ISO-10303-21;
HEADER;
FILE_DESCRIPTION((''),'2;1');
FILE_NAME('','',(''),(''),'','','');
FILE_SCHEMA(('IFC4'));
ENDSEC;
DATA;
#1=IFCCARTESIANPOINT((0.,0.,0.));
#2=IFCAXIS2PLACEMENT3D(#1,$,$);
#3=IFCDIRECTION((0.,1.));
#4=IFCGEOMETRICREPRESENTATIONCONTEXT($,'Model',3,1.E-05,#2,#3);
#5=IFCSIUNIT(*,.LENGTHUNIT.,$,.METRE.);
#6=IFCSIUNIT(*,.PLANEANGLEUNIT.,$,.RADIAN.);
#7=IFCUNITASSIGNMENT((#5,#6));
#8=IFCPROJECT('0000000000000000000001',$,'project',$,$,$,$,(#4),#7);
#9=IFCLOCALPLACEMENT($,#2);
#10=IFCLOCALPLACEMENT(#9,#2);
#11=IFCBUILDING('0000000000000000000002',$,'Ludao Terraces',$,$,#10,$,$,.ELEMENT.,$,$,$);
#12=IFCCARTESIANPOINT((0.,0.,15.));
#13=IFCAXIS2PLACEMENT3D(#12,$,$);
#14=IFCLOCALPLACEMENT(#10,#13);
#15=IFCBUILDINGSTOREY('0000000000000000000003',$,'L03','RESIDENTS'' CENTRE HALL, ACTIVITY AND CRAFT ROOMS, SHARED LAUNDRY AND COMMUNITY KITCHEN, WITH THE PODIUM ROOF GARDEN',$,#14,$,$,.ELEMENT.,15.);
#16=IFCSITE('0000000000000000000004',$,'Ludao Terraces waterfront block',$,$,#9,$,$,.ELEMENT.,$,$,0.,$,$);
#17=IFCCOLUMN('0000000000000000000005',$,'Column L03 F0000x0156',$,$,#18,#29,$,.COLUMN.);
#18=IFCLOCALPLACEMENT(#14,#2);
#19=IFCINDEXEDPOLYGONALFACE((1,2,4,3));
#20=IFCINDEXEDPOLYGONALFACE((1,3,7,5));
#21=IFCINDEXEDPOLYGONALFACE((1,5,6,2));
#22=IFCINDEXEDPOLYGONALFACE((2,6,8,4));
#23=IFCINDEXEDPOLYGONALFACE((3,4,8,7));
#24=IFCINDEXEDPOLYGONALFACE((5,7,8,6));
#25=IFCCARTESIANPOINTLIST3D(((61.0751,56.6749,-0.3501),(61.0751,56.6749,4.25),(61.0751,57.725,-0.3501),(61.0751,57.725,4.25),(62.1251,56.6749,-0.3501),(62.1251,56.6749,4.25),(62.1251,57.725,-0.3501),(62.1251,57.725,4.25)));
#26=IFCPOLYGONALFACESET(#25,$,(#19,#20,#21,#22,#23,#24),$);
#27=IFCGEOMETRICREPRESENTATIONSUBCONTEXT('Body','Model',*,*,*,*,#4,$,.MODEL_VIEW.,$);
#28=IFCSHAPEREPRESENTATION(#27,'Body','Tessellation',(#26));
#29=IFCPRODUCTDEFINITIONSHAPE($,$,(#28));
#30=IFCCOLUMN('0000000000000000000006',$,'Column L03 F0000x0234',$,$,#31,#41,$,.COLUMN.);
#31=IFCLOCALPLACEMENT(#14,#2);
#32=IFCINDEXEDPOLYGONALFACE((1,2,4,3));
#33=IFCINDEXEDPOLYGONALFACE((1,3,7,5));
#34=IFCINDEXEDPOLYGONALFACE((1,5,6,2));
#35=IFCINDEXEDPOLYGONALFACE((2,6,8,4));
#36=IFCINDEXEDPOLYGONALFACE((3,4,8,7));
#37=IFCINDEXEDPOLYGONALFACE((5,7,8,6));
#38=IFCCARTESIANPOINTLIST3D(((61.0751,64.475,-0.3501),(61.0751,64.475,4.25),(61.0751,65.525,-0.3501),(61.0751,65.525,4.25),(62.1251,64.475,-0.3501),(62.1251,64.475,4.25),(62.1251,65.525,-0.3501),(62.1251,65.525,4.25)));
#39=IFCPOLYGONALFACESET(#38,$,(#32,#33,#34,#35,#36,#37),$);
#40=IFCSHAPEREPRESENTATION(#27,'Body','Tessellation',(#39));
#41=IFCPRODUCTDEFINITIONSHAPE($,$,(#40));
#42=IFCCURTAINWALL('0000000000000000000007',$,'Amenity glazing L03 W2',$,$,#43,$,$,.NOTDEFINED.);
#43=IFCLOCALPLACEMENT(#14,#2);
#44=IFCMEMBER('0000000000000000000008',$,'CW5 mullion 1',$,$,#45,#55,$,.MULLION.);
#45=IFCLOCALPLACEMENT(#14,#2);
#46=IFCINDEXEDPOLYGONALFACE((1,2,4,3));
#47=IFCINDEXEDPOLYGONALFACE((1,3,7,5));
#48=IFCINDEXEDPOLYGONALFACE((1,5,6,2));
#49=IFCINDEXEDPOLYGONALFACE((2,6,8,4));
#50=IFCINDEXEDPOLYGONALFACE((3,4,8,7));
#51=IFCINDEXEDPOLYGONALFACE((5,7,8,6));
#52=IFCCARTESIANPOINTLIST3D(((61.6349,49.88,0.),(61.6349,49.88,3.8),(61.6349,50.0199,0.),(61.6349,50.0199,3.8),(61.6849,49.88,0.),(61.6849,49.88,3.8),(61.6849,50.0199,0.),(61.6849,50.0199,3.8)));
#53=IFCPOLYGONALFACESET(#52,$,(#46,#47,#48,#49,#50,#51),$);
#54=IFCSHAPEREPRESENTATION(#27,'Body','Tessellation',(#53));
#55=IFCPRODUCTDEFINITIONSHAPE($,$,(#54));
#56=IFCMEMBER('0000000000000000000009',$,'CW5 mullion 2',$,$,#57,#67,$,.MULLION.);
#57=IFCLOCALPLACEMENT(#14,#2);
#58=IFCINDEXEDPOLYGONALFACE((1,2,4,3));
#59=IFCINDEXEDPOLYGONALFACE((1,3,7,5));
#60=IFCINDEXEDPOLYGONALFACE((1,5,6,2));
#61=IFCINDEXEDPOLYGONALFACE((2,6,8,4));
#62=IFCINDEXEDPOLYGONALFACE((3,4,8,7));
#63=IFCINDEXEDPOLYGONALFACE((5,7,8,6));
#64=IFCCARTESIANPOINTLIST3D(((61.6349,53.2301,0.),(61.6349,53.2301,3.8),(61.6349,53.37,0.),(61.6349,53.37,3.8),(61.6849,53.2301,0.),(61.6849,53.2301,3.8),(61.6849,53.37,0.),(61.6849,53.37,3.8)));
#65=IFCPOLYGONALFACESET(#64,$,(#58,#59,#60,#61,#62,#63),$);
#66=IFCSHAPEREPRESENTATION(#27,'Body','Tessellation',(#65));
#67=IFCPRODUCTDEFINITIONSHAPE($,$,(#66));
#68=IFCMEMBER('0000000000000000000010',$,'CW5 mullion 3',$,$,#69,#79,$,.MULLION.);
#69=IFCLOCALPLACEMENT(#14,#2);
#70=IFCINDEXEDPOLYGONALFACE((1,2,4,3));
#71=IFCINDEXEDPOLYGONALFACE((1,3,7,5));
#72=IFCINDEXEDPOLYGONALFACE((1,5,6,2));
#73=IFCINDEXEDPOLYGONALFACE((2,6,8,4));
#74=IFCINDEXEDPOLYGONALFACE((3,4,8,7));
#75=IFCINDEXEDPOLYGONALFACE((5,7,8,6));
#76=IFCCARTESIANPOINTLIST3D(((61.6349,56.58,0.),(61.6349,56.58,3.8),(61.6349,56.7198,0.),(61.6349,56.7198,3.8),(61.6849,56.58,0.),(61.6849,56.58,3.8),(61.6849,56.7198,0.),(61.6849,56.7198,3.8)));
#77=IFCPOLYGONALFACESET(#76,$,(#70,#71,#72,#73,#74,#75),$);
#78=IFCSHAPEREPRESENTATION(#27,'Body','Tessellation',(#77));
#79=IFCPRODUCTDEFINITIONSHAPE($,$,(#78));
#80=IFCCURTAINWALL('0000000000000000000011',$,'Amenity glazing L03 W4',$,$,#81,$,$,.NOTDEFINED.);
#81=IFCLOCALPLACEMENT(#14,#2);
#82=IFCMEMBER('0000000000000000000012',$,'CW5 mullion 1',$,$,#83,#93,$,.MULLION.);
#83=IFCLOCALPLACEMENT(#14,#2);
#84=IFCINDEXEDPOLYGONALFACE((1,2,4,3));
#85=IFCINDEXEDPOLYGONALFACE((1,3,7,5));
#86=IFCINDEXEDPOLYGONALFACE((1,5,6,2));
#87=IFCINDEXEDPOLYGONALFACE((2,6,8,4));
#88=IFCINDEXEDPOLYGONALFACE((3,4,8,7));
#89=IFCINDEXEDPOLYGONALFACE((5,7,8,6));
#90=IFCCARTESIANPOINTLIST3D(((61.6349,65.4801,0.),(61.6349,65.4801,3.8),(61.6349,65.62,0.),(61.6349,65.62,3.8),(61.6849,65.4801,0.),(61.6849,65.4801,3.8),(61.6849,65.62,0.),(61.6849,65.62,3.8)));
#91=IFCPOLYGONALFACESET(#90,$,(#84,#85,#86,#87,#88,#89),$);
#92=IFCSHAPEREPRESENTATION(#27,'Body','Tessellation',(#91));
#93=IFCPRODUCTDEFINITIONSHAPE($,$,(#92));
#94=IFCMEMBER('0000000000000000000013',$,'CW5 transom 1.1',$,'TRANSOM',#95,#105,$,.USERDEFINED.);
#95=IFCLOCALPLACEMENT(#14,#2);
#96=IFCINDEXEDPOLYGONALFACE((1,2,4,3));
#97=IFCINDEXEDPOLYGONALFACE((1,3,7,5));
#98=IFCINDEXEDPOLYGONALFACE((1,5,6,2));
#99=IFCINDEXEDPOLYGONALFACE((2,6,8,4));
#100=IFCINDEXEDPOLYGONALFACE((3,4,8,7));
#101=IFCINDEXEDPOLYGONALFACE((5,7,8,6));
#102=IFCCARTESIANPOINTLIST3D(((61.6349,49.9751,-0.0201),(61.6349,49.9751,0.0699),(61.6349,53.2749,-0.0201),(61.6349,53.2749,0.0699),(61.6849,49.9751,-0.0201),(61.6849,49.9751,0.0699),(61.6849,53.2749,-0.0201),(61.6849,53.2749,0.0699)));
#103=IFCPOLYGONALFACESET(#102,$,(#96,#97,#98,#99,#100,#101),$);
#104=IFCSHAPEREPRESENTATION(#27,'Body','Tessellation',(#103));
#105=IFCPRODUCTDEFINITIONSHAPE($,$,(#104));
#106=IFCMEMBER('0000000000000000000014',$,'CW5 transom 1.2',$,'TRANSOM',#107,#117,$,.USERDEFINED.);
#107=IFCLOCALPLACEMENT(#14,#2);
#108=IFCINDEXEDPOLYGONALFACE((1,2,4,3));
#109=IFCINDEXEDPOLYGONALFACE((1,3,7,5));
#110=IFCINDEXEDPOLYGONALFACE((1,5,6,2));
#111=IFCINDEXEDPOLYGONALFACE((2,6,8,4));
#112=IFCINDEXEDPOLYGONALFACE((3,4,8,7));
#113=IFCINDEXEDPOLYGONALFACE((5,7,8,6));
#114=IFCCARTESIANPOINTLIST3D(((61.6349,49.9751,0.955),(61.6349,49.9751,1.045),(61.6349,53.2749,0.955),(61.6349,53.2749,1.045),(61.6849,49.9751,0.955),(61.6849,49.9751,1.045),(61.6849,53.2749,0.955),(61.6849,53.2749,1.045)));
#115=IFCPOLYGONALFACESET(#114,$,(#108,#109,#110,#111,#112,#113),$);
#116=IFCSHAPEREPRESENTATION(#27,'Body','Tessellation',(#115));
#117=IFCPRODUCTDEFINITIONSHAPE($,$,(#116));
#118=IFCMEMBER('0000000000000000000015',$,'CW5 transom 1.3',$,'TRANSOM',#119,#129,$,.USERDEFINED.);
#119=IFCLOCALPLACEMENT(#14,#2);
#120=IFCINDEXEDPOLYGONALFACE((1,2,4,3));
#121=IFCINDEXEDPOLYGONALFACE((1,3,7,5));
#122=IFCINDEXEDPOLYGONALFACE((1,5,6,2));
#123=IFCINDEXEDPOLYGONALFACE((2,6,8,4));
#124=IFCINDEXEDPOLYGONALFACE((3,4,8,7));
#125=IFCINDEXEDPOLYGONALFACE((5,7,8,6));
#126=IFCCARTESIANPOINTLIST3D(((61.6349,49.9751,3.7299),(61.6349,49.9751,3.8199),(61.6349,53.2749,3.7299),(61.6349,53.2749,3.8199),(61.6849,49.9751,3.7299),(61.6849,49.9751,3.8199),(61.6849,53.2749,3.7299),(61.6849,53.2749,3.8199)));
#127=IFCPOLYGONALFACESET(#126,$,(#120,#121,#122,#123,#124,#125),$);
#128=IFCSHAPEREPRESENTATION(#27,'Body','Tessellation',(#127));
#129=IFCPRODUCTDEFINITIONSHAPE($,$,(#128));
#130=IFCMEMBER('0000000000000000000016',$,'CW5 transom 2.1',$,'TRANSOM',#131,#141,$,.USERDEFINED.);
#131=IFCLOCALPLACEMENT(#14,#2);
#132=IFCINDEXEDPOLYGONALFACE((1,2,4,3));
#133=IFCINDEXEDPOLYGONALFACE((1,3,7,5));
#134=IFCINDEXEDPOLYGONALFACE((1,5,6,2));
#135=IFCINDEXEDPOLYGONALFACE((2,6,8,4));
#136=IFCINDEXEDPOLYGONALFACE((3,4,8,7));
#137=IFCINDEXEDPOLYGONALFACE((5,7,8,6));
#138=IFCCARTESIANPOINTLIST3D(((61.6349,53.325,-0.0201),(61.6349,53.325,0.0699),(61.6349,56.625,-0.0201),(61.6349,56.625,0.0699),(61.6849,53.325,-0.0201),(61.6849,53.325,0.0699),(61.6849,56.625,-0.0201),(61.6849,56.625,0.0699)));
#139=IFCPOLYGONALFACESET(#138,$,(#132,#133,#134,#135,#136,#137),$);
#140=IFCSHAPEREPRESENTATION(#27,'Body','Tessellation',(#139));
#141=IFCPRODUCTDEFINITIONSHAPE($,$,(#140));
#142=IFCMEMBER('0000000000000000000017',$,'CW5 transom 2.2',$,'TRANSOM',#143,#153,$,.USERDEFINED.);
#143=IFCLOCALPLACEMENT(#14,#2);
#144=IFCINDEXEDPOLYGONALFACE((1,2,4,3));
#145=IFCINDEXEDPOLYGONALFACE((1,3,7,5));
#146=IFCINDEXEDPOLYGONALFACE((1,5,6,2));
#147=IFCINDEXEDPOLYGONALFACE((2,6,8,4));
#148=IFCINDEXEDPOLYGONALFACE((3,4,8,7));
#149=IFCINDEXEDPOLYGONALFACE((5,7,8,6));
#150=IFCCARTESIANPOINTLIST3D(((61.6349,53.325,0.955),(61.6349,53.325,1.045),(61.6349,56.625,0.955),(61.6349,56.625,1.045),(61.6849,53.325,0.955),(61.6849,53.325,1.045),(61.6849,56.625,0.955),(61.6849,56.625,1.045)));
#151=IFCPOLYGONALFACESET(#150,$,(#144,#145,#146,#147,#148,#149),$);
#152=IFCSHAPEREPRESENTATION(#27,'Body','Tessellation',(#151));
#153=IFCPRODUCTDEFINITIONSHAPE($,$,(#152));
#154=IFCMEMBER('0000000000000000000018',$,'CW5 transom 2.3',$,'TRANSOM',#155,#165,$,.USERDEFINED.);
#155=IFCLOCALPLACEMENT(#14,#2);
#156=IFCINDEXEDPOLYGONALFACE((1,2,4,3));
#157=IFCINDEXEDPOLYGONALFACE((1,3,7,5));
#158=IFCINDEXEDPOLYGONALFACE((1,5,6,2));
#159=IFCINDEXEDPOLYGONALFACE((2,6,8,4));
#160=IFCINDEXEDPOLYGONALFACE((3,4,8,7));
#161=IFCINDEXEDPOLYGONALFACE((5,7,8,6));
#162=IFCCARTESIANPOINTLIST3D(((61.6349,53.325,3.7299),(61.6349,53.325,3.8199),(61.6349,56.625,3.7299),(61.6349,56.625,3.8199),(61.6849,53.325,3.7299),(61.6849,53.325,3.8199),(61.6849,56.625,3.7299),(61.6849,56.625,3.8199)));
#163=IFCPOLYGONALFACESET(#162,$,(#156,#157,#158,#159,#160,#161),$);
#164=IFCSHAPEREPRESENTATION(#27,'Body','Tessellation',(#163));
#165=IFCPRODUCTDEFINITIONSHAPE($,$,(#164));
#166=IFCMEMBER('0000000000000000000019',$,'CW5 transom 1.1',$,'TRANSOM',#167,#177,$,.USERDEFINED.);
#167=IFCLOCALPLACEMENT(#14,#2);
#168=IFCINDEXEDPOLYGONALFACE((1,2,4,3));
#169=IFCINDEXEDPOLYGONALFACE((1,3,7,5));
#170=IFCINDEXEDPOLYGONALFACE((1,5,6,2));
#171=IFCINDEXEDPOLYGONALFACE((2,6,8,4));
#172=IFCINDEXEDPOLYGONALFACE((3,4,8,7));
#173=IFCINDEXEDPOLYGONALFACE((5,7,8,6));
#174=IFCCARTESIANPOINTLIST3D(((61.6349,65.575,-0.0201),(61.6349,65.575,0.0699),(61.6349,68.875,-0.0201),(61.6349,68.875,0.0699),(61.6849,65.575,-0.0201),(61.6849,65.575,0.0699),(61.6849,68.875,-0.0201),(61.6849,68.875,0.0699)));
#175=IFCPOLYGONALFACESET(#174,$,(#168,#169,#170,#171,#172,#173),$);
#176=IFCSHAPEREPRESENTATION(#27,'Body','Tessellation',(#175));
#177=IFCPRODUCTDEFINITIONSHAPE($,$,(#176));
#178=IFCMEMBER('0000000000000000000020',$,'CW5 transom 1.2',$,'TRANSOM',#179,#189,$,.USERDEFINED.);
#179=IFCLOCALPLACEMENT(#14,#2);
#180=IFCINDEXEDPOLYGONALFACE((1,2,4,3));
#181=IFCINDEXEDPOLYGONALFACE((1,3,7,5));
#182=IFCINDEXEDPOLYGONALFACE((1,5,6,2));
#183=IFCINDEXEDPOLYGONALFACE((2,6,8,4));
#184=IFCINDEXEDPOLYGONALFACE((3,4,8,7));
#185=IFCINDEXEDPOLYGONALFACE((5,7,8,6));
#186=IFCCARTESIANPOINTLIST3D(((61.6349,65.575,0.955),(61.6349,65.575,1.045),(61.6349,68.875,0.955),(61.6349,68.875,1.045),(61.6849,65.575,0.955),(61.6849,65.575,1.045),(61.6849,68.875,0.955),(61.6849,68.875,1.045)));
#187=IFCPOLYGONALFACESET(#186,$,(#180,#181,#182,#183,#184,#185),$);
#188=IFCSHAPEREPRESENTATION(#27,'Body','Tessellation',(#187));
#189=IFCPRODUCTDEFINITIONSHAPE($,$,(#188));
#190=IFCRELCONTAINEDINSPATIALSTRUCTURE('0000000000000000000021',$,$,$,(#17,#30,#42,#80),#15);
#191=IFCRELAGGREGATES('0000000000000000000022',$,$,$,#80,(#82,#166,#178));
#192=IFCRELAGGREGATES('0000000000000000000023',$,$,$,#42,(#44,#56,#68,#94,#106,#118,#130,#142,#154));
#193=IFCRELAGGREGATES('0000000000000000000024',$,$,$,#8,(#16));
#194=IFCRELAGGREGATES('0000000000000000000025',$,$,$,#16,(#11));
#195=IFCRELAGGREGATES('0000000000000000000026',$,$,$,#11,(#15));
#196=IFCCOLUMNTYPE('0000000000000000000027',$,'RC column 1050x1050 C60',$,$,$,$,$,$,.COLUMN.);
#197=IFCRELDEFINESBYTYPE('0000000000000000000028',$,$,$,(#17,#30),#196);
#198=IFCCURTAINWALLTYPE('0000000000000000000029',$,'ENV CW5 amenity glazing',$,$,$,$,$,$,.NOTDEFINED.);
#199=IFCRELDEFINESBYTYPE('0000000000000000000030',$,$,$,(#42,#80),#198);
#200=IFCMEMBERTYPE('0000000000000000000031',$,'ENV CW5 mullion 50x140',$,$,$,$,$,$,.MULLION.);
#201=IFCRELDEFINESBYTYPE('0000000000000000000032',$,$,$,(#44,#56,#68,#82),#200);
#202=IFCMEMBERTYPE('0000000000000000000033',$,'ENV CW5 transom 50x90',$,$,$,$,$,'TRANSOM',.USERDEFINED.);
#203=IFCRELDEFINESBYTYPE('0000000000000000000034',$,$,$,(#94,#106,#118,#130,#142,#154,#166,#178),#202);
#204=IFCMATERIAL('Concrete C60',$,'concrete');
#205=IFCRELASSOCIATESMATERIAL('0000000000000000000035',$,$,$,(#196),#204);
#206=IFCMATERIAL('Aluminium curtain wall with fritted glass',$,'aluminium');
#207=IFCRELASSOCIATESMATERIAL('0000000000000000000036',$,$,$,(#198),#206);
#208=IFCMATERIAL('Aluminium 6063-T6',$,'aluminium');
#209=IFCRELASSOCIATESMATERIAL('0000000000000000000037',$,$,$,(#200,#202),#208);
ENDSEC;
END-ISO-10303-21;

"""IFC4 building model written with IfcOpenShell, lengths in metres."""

from ifc_helpers import new_model, si_unit, direction, frame, origin, origin_2d, place, context, subcontext, project, spatial, rectangle, extrude, material, material_profile, profile_set, type_object, element, aggregate, save


model = new_model("IFC4")

# Units and contexts
model_context = context("Model", 3, precision=1e-05, world=origin(), true_north=direction((0.0, 1.0)))
body_context = subcontext(model_context, "Body", "Model", "MODEL_VIEW")
ifc_project = project(units=[si_unit("LENGTHUNIT", "METRE"), si_unit("PLANEANGLEUNIT", "RADIAN")], contexts=[model_context])

# Site, building, storey
site_placement = place(None, origin())
site = spatial("IfcSite", under=ifc_project, at=site_placement, Name="Ludao Terraces waterfront block", CompositionType="ELEMENT", RefElevation=0.0)
building_placement = place(site_placement, origin())
building = spatial("IfcBuilding", under=site, at=building_placement, Name="Ludao Terraces", CompositionType="ELEMENT")
storey_placement = place(building_placement, frame((0.0, 0.0, 15.0)))
storey = spatial("IfcBuildingStorey", under=building, at=storey_placement, Name="L03", Description="RESIDENTS' CENTRE HALL, ACTIVITY AND CRAFT ROOMS, SHARED LAUNDRY AND COMMUNITY KITCHEN, WITH THE PODIUM ROOF GARDEN", CompositionType="ELEMENT", Elevation=15.0)

# Columns
ifc_material_1 = material(Name="Concrete C60", Category="concrete")
ifc_material_profile_1 = material_profile(ifc_material_1, rectangle(XDim=1.05, YDim=1.05, at=origin_2d()), Name="1050 X 1050")
ifc_profile_set_1 = profile_set([ifc_material_profile_1], Name="Concrete C60")
column_type = type_object("IfcColumnType", Name="RC column 1050x1050 C60", PredefinedType="COLUMN", material=ifc_profile_set_1)
for number, where, z_axis, x_axis, name in (
    (1, (61.6001, 57.2, -0.3501), (0.0, 0.0, 1.0), (1.0, 0.0, 0.0), "Column L03 F0000x0156"),
    (2, (61.6001, 65.0, -0.3501), (0.0, 0.0, 1.0), (1.0, 0.0, 0.0), "Column L03 F0000x0234"),
):
    element("IfcColumn", number, at=place(storey_placement, frame(where, z_axis=z_axis, x_axis=x_axis)), inside=storey, type_object=column_type, Name=name, PredefinedType="COLUMN", context=body_context, shape_type="SweptSolid", body=[
        extrude(rectangle(XDim=1.05, YDim=1.05, at=origin_2d()), origin(), (0.0, 0.0, 1.0), 4.6001),
    ])

# Curtain wall, members
ifc_material_2 = material(Name="Aluminium curtain wall with fritted glass", Category="aluminium")
curtain_wall_type = type_object("IfcCurtainWallType", Name="ENV CW5 amenity glazing", PredefinedType="NOTDEFINED", material=ifc_material_2)
curtain_wall_1_placement = place(storey_placement, origin())
curtain_wall_1 = element("IfcCurtainWall", 3, at=curtain_wall_1_placement, inside=storey, type_object=curtain_wall_type, Name="Amenity glazing L03 W2", PredefinedType="NOTDEFINED")
ifc_material_3 = material(Name="Aluminium 6063-T6", Category="aluminium")
ifc_material_profile_2 = material_profile(ifc_material_3, rectangle(XDim=0.05, YDim=0.1399, at=origin_2d()), Name="50 X 140")
ifc_profile_set_2 = profile_set([ifc_material_profile_2], Name="Aluminium 6063-T6")
member_type_1 = type_object("IfcMemberType", Name="ENV CW5 mullion 50x140", PredefinedType="MULLION", material=ifc_profile_set_2)
member_1_placement = place(storey_placement, frame((61.6599, 49.95, 0.0), z_axis=(0.0, 0.0, 1.0), x_axis=(-1.0, 0.0, 0.0)))
member_1 = element("IfcMember", 4, at=member_1_placement, type_object=member_type_1, Name="CW5 mullion 1", PredefinedType="MULLION", context=body_context, shape_type="SweptSolid", body=[
    extrude(rectangle(XDim=0.05, YDim=0.1399, at=origin_2d()), origin(), (0.0, 0.0, 1.0), 3.8),
])
member_2_placement = place(storey_placement, frame((61.6599, 53.3, 0.0), z_axis=(0.0, 0.0, 1.0), x_axis=(-1.0, 0.0, 0.0)))
member_2 = element("IfcMember", 5, at=member_2_placement, type_object=member_type_1, Name="CW5 mullion 2", PredefinedType="MULLION", context=body_context, shape_type="SweptSolid", body=[
    extrude(rectangle(XDim=0.05, YDim=0.1399, at=origin_2d()), origin(), (0.0, 0.0, 1.0), 3.8),
])
member_3_placement = place(storey_placement, frame((61.6599, 56.6499, 0.0), z_axis=(0.0, 0.0, 1.0), x_axis=(-1.0, 0.0, 0.0)))
member_3 = element("IfcMember", 6, at=member_3_placement, type_object=member_type_1, Name="CW5 mullion 3", PredefinedType="MULLION", context=body_context, shape_type="SweptSolid", body=[
    extrude(rectangle(XDim=0.05, YDim=0.1399, at=origin_2d()), origin(), (0.0, 0.0, 1.0), 3.8),
])

# Curtain wall, member
curtain_wall_2_placement = place(storey_placement, origin())
curtain_wall_2 = element("IfcCurtainWall", 7, at=curtain_wall_2_placement, inside=storey, type_object=curtain_wall_type, Name="Amenity glazing L03 W4", PredefinedType="NOTDEFINED")
member_4_placement = place(storey_placement, frame((61.6599, 65.55, 0.0), z_axis=(0.0, 0.0, 1.0), x_axis=(-1.0, 0.0, 0.0)))
member_4 = element("IfcMember", 8, at=member_4_placement, type_object=member_type_1, Name="CW5 mullion 1", PredefinedType="MULLION", context=body_context, shape_type="SweptSolid", body=[
    extrude(rectangle(XDim=0.05, YDim=0.1399, at=origin_2d()), origin(), (0.0, 0.0, 1.0), 3.8),
])

# Members
ifc_material_profile_3 = material_profile(ifc_material_3, rectangle(XDim=0.05, YDim=0.0901, at=origin_2d()), Name="50 X 90")
ifc_profile_set_3 = profile_set([ifc_material_profile_3], Name="Aluminium 6063-T6")
member_type_2 = type_object("IfcMemberType", Name="ENV CW5 transom 50x90", ElementType="TRANSOM", PredefinedType="USERDEFINED", material=ifc_profile_set_3)
member_5_placement = place(storey_placement, frame((61.6599, 49.9751, 0.0249), z_axis=(0.0, 1.0, 0.0), x_axis=(-1.0, 0.0, 0.0)))
member_5 = element("IfcMember", 9, at=member_5_placement, type_object=member_type_2, Name="CW5 transom 1.1", ObjectType="TRANSOM", PredefinedType="USERDEFINED", context=body_context, shape_type="SweptSolid", body=[
    extrude(rectangle(XDim=0.05, YDim=0.0901, at=origin_2d()), origin(), (0.0, 0.0, 1.0), 3.2998),
])
member_6_placement = place(storey_placement, frame((61.6599, 49.9751, 1.0), z_axis=(0.0, 1.0, 0.0), x_axis=(-1.0, 0.0, 0.0)))
member_6 = element("IfcMember", 10, at=member_6_placement, type_object=member_type_2, Name="CW5 transom 1.2", ObjectType="TRANSOM", PredefinedType="USERDEFINED", context=body_context, shape_type="SweptSolid", body=[
    extrude(rectangle(XDim=0.05, YDim=0.0901, at=origin_2d()), origin(), (0.0, 0.0, 1.0), 3.2998),
])
member_7_placement = place(storey_placement, frame((61.6599, 49.9751, 3.7749), z_axis=(0.0, 1.0, 0.0), x_axis=(-1.0, 0.0, 0.0)))
member_7 = element("IfcMember", 11, at=member_7_placement, type_object=member_type_2, Name="CW5 transom 1.3", ObjectType="TRANSOM", PredefinedType="USERDEFINED", context=body_context, shape_type="SweptSolid", body=[
    extrude(rectangle(XDim=0.05, YDim=0.0901, at=origin_2d()), origin(), (0.0, 0.0, 1.0), 3.2998),
])
member_8_placement = place(storey_placement, frame((61.6599, 53.325, 0.0249), z_axis=(0.0, 1.0, 0.0), x_axis=(-1.0, 0.0, 0.0)))
member_8 = element("IfcMember", 12, at=member_8_placement, type_object=member_type_2, Name="CW5 transom 2.1", ObjectType="TRANSOM", PredefinedType="USERDEFINED", context=body_context, shape_type="SweptSolid", body=[
    extrude(rectangle(XDim=0.05, YDim=0.0901, at=origin_2d()), origin(), (0.0, 0.0, 1.0), 3.3),
])
member_9_placement = place(storey_placement, frame((61.6599, 53.325, 1.0), z_axis=(0.0, 1.0, 0.0), x_axis=(-1.0, 0.0, 0.0)))
member_9 = element("IfcMember", 13, at=member_9_placement, type_object=member_type_2, Name="CW5 transom 2.2", ObjectType="TRANSOM", PredefinedType="USERDEFINED", context=body_context, shape_type="SweptSolid", body=[
    extrude(rectangle(XDim=0.05, YDim=0.0901, at=origin_2d()), origin(), (0.0, 0.0, 1.0), 3.3),
])
member_10_placement = place(storey_placement, frame((61.6599, 53.325, 3.7749), z_axis=(0.0, 1.0, 0.0), x_axis=(-1.0, 0.0, 0.0)))
member_10 = element("IfcMember", 14, at=member_10_placement, type_object=member_type_2, Name="CW5 transom 2.3", ObjectType="TRANSOM", PredefinedType="USERDEFINED", context=body_context, shape_type="SweptSolid", body=[
    extrude(rectangle(XDim=0.05, YDim=0.0901, at=origin_2d()), origin(), (0.0, 0.0, 1.0), 3.3),
])
member_11_placement = place(storey_placement, frame((61.6599, 65.575, 0.0249), z_axis=(0.0, 1.0, 0.0), x_axis=(-1.0, 0.0, 0.0)))
member_11 = element("IfcMember", 15, at=member_11_placement, type_object=member_type_2, Name="CW5 transom 1.1", ObjectType="TRANSOM", PredefinedType="USERDEFINED", context=body_context, shape_type="SweptSolid", body=[
    extrude(rectangle(XDim=0.05, YDim=0.0901, at=origin_2d()), origin(), (0.0, 0.0, 1.0), 3.3),
])
member_12_placement = place(storey_placement, frame((61.6599, 65.575, 1.0), z_axis=(0.0, 1.0, 0.0), x_axis=(-1.0, 0.0, 0.0)))
member_12 = element("IfcMember", 16, at=member_12_placement, type_object=member_type_2, Name="CW5 transom 1.2", ObjectType="TRANSOM", PredefinedType="USERDEFINED", context=body_context, shape_type="SweptSolid", body=[
    extrude(rectangle(XDim=0.05, YDim=0.0901, at=origin_2d()), origin(), (0.0, 0.0, 1.0), 3.3),
])
aggregate(curtain_wall_2, [member_4, member_11, member_12])

aggregate(curtain_wall_1, [member_1, member_2, member_3, member_5, member_6, member_7, member_8, member_9, member_10])

save(model, "model.ifc")
